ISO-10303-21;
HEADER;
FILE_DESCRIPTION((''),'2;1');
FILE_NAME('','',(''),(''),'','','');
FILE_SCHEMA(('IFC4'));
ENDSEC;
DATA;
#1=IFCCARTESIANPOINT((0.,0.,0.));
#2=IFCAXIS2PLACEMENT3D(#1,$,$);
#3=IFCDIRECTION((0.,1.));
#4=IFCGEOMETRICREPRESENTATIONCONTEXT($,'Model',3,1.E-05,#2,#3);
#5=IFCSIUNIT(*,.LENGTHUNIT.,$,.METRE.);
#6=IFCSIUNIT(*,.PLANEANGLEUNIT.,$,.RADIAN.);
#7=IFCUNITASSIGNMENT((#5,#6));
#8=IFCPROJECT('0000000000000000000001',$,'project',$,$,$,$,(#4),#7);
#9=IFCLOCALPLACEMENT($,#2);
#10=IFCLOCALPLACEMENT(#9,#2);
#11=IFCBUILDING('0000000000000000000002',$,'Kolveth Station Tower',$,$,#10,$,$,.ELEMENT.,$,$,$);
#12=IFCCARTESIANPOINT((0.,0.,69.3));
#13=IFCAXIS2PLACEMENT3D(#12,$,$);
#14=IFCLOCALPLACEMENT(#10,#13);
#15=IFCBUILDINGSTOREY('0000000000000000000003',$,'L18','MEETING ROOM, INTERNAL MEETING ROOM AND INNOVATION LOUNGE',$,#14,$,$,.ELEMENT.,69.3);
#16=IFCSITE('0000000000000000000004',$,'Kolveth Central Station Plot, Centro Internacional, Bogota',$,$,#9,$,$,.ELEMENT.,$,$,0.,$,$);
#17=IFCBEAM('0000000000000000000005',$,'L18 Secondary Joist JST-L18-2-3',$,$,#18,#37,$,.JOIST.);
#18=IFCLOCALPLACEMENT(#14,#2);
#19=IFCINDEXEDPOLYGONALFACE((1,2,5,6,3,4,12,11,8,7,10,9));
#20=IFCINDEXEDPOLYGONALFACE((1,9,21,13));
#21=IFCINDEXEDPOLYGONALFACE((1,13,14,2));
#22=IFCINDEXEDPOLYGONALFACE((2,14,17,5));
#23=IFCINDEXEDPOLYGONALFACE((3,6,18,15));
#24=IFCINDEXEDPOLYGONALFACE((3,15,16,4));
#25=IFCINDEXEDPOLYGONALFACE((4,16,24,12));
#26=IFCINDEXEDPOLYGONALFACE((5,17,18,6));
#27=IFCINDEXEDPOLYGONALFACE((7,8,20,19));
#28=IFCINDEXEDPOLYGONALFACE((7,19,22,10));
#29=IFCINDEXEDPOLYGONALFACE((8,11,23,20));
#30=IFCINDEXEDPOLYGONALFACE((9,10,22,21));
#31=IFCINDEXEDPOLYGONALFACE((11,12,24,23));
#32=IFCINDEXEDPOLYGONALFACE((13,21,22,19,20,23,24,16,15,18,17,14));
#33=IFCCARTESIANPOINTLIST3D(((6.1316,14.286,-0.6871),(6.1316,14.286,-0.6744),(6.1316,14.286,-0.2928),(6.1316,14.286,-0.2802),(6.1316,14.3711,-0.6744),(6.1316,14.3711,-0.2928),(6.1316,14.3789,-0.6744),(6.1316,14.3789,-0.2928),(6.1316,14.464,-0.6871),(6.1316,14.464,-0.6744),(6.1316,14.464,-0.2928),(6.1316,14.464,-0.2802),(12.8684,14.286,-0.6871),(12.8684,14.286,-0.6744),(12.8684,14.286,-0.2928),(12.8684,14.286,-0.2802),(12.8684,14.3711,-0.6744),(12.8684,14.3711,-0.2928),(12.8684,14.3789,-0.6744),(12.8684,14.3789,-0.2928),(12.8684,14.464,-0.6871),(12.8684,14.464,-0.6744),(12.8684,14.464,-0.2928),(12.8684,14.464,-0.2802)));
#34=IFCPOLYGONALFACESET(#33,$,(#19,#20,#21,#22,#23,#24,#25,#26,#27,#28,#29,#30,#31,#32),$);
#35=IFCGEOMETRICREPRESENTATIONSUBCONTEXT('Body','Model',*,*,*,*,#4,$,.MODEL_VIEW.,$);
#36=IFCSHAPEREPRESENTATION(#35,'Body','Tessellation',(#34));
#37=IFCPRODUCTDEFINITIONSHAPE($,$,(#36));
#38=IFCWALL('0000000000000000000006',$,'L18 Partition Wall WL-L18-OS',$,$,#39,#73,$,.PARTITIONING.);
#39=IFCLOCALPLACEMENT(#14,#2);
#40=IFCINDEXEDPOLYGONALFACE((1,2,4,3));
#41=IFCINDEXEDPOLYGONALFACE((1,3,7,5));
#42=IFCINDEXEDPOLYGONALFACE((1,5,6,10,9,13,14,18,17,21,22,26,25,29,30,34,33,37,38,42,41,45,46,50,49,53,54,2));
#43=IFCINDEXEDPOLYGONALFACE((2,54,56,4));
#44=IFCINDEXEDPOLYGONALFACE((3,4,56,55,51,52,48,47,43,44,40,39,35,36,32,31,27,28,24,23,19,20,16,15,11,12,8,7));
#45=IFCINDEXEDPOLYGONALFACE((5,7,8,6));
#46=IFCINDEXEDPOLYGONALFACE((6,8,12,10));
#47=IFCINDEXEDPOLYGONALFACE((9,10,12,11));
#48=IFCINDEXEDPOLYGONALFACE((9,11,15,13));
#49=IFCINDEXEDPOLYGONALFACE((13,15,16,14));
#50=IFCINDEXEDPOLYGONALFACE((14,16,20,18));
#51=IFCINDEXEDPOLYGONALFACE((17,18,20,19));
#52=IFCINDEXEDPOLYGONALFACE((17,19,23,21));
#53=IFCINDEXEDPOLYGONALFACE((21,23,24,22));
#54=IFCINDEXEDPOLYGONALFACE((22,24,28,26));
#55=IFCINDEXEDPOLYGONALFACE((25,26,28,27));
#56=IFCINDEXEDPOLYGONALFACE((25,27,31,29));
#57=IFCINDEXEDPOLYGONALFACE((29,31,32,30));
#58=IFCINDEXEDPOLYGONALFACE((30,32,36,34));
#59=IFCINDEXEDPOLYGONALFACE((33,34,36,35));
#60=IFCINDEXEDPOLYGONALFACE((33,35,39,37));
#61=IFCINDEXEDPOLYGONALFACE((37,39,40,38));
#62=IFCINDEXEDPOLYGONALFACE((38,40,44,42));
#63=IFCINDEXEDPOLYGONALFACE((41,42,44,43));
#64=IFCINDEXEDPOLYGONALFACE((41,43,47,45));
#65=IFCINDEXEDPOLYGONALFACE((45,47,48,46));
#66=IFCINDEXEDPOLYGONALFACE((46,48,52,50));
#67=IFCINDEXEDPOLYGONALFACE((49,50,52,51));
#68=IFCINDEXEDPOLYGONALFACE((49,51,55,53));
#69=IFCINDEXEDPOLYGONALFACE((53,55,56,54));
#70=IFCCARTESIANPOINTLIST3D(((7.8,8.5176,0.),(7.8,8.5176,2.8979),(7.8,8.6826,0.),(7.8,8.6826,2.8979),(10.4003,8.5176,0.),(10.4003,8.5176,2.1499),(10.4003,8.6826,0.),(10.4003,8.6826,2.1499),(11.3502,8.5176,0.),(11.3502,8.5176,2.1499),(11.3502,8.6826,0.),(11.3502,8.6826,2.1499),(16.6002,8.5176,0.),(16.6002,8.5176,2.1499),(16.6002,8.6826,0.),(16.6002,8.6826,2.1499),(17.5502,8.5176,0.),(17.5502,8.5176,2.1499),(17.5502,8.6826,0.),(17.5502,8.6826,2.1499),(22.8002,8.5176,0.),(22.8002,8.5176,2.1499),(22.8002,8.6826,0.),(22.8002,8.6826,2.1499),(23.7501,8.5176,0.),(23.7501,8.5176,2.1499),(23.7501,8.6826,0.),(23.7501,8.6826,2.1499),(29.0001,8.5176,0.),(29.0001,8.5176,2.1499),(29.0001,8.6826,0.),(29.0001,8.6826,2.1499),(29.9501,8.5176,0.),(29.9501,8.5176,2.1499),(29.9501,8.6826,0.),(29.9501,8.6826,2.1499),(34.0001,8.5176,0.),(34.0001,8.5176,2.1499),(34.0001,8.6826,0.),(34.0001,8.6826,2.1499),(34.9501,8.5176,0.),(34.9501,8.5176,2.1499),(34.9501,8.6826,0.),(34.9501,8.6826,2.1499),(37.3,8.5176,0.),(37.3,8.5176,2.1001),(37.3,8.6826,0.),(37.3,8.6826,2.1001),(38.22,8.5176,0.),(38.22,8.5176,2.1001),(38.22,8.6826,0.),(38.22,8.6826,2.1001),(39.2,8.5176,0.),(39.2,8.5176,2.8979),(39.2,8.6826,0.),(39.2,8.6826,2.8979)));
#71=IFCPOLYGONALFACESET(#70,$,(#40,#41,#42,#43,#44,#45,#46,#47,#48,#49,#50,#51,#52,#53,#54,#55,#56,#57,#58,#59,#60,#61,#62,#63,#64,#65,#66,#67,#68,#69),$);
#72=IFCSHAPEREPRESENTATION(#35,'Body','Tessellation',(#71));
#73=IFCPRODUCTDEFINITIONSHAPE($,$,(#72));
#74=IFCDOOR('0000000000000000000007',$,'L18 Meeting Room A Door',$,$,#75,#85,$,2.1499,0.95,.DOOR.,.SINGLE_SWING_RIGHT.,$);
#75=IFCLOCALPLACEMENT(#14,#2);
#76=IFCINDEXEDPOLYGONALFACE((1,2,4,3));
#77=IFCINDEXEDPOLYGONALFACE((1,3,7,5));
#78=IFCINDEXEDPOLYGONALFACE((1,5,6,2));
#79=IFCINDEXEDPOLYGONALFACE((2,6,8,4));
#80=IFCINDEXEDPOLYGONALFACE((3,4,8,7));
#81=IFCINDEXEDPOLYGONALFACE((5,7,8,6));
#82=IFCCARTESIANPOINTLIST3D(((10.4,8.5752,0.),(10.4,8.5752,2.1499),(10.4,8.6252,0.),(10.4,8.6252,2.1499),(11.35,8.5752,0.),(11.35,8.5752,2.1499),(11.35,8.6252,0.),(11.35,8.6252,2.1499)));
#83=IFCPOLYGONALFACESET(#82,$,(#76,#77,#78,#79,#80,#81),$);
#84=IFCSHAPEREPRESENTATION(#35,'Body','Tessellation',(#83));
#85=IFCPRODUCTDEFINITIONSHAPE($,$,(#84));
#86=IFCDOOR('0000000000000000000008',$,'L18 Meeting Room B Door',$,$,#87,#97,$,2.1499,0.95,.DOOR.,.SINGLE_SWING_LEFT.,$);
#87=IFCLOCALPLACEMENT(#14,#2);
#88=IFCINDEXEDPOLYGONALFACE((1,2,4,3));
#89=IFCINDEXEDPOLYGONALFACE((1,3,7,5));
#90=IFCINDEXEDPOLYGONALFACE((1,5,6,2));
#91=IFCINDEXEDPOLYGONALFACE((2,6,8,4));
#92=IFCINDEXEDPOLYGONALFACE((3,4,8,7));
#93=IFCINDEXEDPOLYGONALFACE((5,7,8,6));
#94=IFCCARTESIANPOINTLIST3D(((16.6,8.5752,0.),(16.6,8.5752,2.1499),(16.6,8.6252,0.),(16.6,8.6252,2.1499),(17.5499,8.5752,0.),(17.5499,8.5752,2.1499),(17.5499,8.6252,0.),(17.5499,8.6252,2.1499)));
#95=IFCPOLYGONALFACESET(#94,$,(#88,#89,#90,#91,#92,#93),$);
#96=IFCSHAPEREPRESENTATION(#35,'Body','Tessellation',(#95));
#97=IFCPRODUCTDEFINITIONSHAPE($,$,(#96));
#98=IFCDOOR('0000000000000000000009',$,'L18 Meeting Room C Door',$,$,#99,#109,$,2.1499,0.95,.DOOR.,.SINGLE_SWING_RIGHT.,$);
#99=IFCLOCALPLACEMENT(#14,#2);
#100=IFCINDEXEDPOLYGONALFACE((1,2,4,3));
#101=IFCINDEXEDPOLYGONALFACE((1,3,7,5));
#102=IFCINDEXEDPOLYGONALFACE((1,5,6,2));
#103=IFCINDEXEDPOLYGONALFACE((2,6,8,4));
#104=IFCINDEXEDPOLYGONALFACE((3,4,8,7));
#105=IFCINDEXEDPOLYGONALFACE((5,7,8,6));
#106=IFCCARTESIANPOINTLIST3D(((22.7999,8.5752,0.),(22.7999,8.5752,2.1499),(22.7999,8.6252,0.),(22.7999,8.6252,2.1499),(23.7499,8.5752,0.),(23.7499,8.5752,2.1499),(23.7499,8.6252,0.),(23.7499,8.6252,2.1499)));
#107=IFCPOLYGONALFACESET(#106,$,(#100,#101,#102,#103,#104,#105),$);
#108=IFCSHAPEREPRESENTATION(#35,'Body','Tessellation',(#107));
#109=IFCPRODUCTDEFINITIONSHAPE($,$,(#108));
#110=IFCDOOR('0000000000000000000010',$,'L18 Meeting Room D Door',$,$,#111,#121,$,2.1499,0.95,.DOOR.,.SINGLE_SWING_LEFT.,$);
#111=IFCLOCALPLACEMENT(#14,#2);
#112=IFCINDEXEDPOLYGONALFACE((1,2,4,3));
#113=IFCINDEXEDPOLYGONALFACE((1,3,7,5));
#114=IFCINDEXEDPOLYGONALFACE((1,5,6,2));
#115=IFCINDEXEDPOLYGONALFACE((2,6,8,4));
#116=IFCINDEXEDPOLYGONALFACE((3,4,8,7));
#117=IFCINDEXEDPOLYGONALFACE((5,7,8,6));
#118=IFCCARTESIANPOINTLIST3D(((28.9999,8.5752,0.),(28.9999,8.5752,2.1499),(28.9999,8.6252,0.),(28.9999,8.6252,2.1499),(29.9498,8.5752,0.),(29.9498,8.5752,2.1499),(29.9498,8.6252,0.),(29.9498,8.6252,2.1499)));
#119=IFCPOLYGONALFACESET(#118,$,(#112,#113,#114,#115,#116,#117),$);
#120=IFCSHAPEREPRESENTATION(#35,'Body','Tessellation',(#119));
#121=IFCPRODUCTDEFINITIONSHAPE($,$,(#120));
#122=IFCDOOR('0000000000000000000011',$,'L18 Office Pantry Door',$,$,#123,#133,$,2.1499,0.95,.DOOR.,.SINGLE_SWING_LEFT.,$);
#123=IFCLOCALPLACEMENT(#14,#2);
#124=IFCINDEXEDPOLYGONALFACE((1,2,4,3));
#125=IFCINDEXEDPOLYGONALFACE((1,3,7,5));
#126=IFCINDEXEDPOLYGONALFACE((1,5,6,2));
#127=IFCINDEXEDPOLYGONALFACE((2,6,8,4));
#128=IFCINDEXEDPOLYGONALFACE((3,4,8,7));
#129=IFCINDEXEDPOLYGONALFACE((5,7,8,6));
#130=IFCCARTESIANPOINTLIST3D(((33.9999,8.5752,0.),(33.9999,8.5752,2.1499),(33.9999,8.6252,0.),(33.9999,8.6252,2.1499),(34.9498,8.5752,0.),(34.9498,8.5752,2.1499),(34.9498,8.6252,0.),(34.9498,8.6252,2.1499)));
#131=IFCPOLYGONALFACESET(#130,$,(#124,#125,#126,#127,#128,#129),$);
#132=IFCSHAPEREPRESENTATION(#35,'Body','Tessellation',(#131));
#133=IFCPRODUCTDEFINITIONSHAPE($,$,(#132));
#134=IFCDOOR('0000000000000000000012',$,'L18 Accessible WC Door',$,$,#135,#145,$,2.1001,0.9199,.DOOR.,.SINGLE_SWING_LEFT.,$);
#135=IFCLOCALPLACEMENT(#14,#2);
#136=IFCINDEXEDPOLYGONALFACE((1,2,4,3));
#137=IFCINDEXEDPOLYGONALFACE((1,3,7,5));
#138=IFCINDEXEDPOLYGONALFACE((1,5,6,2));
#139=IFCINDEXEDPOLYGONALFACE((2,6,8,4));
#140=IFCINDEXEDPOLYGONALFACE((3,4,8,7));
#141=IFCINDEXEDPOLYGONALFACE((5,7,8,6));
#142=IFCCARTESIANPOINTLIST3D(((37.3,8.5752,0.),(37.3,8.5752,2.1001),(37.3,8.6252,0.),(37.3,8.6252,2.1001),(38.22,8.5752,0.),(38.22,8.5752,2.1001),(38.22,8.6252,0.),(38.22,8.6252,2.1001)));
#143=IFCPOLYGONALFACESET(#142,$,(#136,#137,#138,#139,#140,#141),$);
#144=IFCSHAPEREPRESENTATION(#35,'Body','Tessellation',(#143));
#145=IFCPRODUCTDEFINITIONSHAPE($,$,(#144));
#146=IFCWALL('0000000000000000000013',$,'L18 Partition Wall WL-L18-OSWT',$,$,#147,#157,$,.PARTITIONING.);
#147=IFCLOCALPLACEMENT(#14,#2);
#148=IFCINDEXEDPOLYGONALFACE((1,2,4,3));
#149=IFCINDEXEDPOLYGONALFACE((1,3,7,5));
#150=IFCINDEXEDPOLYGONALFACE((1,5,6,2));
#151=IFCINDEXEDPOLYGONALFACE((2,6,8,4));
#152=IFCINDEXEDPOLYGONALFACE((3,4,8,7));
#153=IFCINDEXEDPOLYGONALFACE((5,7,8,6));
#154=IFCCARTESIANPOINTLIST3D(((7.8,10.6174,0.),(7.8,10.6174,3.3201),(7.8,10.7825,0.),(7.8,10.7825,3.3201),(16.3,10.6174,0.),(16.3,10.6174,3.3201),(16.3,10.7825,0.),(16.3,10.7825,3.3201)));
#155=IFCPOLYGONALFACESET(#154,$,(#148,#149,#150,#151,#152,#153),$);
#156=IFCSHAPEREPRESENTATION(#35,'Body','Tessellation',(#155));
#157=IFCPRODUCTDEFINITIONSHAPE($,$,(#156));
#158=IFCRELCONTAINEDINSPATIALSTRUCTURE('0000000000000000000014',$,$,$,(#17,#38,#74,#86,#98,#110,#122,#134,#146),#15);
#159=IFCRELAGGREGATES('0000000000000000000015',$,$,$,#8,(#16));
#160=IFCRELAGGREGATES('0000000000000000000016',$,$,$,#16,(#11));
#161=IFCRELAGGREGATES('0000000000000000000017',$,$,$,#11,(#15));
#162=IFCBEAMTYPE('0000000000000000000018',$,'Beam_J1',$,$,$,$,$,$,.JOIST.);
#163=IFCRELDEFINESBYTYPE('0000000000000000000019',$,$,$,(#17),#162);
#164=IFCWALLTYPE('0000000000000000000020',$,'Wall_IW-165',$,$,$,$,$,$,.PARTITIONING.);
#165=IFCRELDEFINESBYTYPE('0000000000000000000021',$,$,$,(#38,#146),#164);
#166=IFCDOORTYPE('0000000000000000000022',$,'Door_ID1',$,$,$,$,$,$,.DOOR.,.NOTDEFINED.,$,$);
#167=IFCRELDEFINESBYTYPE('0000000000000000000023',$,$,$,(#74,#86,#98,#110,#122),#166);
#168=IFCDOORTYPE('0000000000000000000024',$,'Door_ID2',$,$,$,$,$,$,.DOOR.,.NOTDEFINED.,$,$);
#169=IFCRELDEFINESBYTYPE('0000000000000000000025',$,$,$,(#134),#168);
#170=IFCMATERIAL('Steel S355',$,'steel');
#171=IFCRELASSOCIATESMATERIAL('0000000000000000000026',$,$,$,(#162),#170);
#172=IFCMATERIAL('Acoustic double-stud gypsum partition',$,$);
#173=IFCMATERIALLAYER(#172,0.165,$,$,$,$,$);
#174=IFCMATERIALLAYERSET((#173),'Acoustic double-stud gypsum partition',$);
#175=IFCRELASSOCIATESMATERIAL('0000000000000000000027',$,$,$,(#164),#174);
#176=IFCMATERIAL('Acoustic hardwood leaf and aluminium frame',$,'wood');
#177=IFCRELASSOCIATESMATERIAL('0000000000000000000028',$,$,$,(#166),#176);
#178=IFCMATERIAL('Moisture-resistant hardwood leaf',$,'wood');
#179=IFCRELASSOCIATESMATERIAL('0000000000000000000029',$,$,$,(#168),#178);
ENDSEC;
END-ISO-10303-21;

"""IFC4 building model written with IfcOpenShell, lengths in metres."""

from ifc_helpers import new_model, si_unit, direction, frame, frame_2d, origin, origin_2d, place, context, subcontext, project, spatial, rectangle, i_section, extrude, source, transform, mapped, material, layer, layer_set, material_profile, profile_set, type_object, element, fill, save


model = new_model("IFC4")

# Units and contexts
model_context = context("Model", 3, precision=1e-05, world=origin(), true_north=direction((0.0, 1.0)))
body_context = subcontext(model_context, "Body", "Model", "MODEL_VIEW")
ifc_project = project(units=[si_unit("LENGTHUNIT", "METRE"), si_unit("PLANEANGLEUNIT", "RADIAN")], contexts=[model_context])

# Site, building, storey
site_placement = place(None, origin())
site = spatial("IfcSite", under=ifc_project, at=site_placement, Name="Kolveth Central Station Plot, Centro Internacional, Bogota", CompositionType="ELEMENT", RefElevation=0.0)
building_placement = place(site_placement, origin())
building = spatial("IfcBuilding", under=site, at=building_placement, Name="Kolveth Station Tower", CompositionType="ELEMENT")
storey_placement = place(building_placement, frame((0.0, 0.0, 69.3)))
storey = spatial("IfcBuildingStorey", under=building, at=storey_placement, Name="L18", Description="MEETING ROOM, INTERNAL MEETING ROOM AND INNOVATION LOUNGE", CompositionType="ELEMENT", Elevation=69.3)

# Beam
ifc_material_1 = material(Name="Steel S355", Category="steel")
ifc_material_profile_1 = material_profile(ifc_material_1, i_section(OverallWidth=0.178, OverallDepth=0.407, WebThickness=0.0078, FlangeThickness=0.0127, at=origin_2d()), Name="W410x60")
ifc_profile_set_1 = profile_set([ifc_material_profile_1], Name="Steel S355")
beam_type_1 = type_object("IfcBeamType", Name="Beam_J1", PredefinedType="JOIST", material=ifc_profile_set_1)
shared_shape_1 = source(origin(), body_context, "Body", "SweptSolid", [
    extrude(i_section(OverallWidth=0.178, OverallDepth=0.407, WebThickness=0.0078, FlangeThickness=0.0127, at=origin_2d()), origin(), (0.0, 0.0, 1.0), 6.7368),
])
beam_placement = place(storey_placement, frame((6.1316, 14.375, -0.4836), z_axis=(1.0, 0.0, 0.0), x_axis=(0.0, 1.0, 0.0)))
element("IfcBeam", 1, at=beam_placement, inside=storey, type_object=beam_type_1, Name="L18 Secondary Joist JST-L18-2-3", PredefinedType="JOIST", context=body_context, shape_type="MappedRepresentation", body=[
    mapped(shared_shape_1, transform((0.0, 0.0, 0.0), x_axis=(1.0, 0.0, 0.0), y_axis=(0.0, 1.0, 0.0), z_axis=(0.0, 0.0, 1.0), scale=1.0)),
])

# Wall, openings, doors
ifc_material_2 = material(Name="Acoustic double-stud gypsum partition")
ifc_layer = layer(ifc_material_2, 0.165)
ifc_layer_set = layer_set([ifc_layer], Name="Acoustic double-stud gypsum partition")
wall_type = type_object("IfcWallType", Name="Wall_IW-165", PredefinedType="PARTITIONING", material=ifc_layer_set)
wall_1_placement = place(storey_placement, frame((7.8, 8.6001, 0.0), z_axis=(0.0, 0.0, 1.0), x_axis=(1.0, 0.0, 0.0)))
wall_1 = element("IfcWall", 2, at=wall_1_placement, inside=storey, type_object=wall_type, Name="L18 Partition Wall WL-L18-OS", PredefinedType="PARTITIONING", context=body_context, shape_type="SweptSolid", body=[
    extrude(rectangle(XDim=31.3999, YDim=0.165, at=frame_2d((15.7, 0.0))), origin(), (0.0, 0.0, 1.0), 2.8979),
])
opening_1_placement = place(wall_1_placement, frame((2.6001, 0.0, 0.0)))
opening_1 = element("IfcOpeningElement", 3, at=opening_1_placement, cuts=wall_1, PredefinedType="OPENING", context=body_context, shape_type="SweptSolid", body=[
    extrude(rectangle(XDim=0.95, YDim=2.1499, at=frame_2d((0.4751, 1.075))), frame((0.0, 0.0925, 0.0), z_axis=(0.0, -1.0, 0.0), x_axis=(1.0, 0.0, 0.0)), (0.0, 0.0, 1.0), 0.1851),
])
opening_2_placement = place(wall_1_placement, frame((8.8, 0.0, 0.0)))
opening_2 = element("IfcOpeningElement", 4, at=opening_2_placement, cuts=wall_1, PredefinedType="OPENING", context=body_context, shape_type="SweptSolid", body=[
    extrude(rectangle(XDim=0.95, YDim=2.1499, at=frame_2d((0.4751, 1.075))), frame((0.0, 0.0925, 0.0), z_axis=(0.0, -1.0, 0.0), x_axis=(1.0, 0.0, 0.0)), (0.0, 0.0, 1.0), 0.1851),
])
opening_3_placement = place(wall_1_placement, frame((15.0, 0.0, 0.0)))
opening_3 = element("IfcOpeningElement", 5, at=opening_3_placement, cuts=wall_1, PredefinedType="OPENING", context=body_context, shape_type="SweptSolid", body=[
    extrude(rectangle(XDim=0.95, YDim=2.1499, at=frame_2d((0.4751, 1.075))), frame((0.0, 0.0925, 0.0), z_axis=(0.0, -1.0, 0.0), x_axis=(1.0, 0.0, 0.0)), (0.0, 0.0, 1.0), 0.1851),
])
opening_4_placement = place(wall_1_placement, frame((21.2, 0.0, 0.0)))
opening_4 = element("IfcOpeningElement", 6, at=opening_4_placement, cuts=wall_1, PredefinedType="OPENING", context=body_context, shape_type="SweptSolid", body=[
    extrude(rectangle(XDim=0.95, YDim=2.1499, at=frame_2d((0.4751, 1.075))), frame((0.0, 0.0925, 0.0), z_axis=(0.0, -1.0, 0.0), x_axis=(1.0, 0.0, 0.0)), (0.0, 0.0, 1.0), 0.1851),
])
opening_5_placement = place(wall_1_placement, frame((26.2, 0.0, 0.0)))
opening_5 = element("IfcOpeningElement", 7, at=opening_5_placement, cuts=wall_1, PredefinedType="OPENING", context=body_context, shape_type="SweptSolid", body=[
    extrude(rectangle(XDim=0.95, YDim=2.1499, at=frame_2d((0.4751, 1.075))), frame((0.0, 0.0925, 0.0), z_axis=(0.0, -1.0, 0.0), x_axis=(1.0, 0.0, 0.0)), (0.0, 0.0, 1.0), 0.1851),
])
opening_6_placement = place(wall_1_placement, frame((29.5, 0.0, 0.0)))
opening_6 = element("IfcOpeningElement", 8, at=opening_6_placement, cuts=wall_1, PredefinedType="OPENING", context=body_context, shape_type="SweptSolid", body=[
    extrude(rectangle(XDim=0.9199, YDim=2.1001, at=frame_2d((0.46, 1.05))), frame((0.0, 0.0925, 0.0), z_axis=(0.0, -1.0, 0.0), x_axis=(1.0, 0.0, 0.0)), (0.0, 0.0, 1.0), 0.1851),
])
ifc_material_3 = material(Name="Acoustic hardwood leaf and aluminium frame", Category="wood")
door_type_1 = type_object("IfcDoorType", Name="Door_ID1", OperationType="NOTDEFINED", PredefinedType="DOOR", material=ifc_material_3)
door_1_placement = place(opening_1_placement, frame((0.95, 0.0, 0.0), z_axis=(0.0, 0.0, 1.0), x_axis=(-1.0, 0.0, 0.0)))
door_1 = element("IfcDoor", 9, at=door_1_placement, inside=storey, type_object=door_type_1, Name="L18 Meeting Room A Door", OperationType="SINGLE_SWING_RIGHT", OverallHeight=2.1499, OverallWidth=0.95, PredefinedType="DOOR", context=body_context, shape_type="SweptSolid", body=[
    extrude(rectangle(XDim=0.95, YDim=2.1499, at=frame_2d((0.4751, 1.075))), frame((0.0, 0.0249, 0.0), z_axis=(0.0, -1.0, 0.0), x_axis=(1.0, 0.0, 0.0)), (0.0, 0.0, 1.0), 0.05),
])
fill(opening_1, door_1)
door_2_placement = place(opening_2_placement, frame((0.95, 0.0, 0.0), z_axis=(0.0, 0.0, 1.0), x_axis=(-1.0, 0.0, 0.0)))
door_2 = element("IfcDoor", 10, at=door_2_placement, inside=storey, type_object=door_type_1, Name="L18 Meeting Room B Door", OperationType="SINGLE_SWING_LEFT", OverallHeight=2.1499, OverallWidth=0.95, PredefinedType="DOOR", context=body_context, shape_type="SweptSolid", body=[
    extrude(rectangle(XDim=0.95, YDim=2.1499, at=frame_2d((0.4751, 1.075))), frame((0.0, 0.0249, 0.0), z_axis=(0.0, -1.0, 0.0), x_axis=(1.0, 0.0, 0.0)), (0.0, 0.0, 1.0), 0.05),
])
fill(opening_2, door_2)
door_3_placement = place(opening_3_placement, frame((0.95, 0.0, 0.0), z_axis=(0.0, 0.0, 1.0), x_axis=(-1.0, 0.0, 0.0)))
door_3 = element("IfcDoor", 11, at=door_3_placement, inside=storey, type_object=door_type_1, Name="L18 Meeting Room C Door", OperationType="SINGLE_SWING_RIGHT", OverallHeight=2.1499, OverallWidth=0.95, PredefinedType="DOOR", context=body_context, shape_type="SweptSolid", body=[
    extrude(rectangle(XDim=0.95, YDim=2.1499, at=frame_2d((0.4751, 1.075))), frame((0.0, 0.0249, 0.0), z_axis=(0.0, -1.0, 0.0), x_axis=(1.0, 0.0, 0.0)), (0.0, 0.0, 1.0), 0.05),
])
fill(opening_3, door_3)
door_4_placement = place(opening_4_placement, frame((0.95, 0.0, 0.0), z_axis=(0.0, 0.0, 1.0), x_axis=(-1.0, 0.0, 0.0)))
door_4 = element("IfcDoor", 12, at=door_4_placement, inside=storey, type_object=door_type_1, Name="L18 Meeting Room D Door", OperationType="SINGLE_SWING_LEFT", OverallHeight=2.1499, OverallWidth=0.95, PredefinedType="DOOR", context=body_context, shape_type="SweptSolid", body=[
    extrude(rectangle(XDim=0.95, YDim=2.1499, at=frame_2d((0.4751, 1.075))), frame((0.0, 0.0249, 0.0), z_axis=(0.0, -1.0, 0.0), x_axis=(1.0, 0.0, 0.0)), (0.0, 0.0, 1.0), 0.05),
])
fill(opening_4, door_4)
door_5_placement = place(opening_5_placement, frame((0.95, 0.0, 0.0), z_axis=(0.0, 0.0, 1.0), x_axis=(-1.0, 0.0, 0.0)))
door_5 = element("IfcDoor", 13, at=door_5_placement, inside=storey, type_object=door_type_1, Name="L18 Office Pantry Door", OperationType="SINGLE_SWING_LEFT", OverallHeight=2.1499, OverallWidth=0.95, PredefinedType="DOOR", context=body_context, shape_type="SweptSolid", body=[
    extrude(rectangle(XDim=0.95, YDim=2.1499, at=frame_2d((0.4751, 1.075))), frame((0.0, 0.0249, 0.0), z_axis=(0.0, -1.0, 0.0), x_axis=(1.0, 0.0, 0.0)), (0.0, 0.0, 1.0), 0.05),
])
fill(opening_5, door_5)
ifc_material_4 = material(Name="Moisture-resistant hardwood leaf", Category="wood")
door_type_2 = type_object("IfcDoorType", Name="Door_ID2", OperationType="NOTDEFINED", PredefinedType="DOOR", material=ifc_material_4)
door_6_placement = place(opening_6_placement, frame((0.9199, 0.0, 0.0), z_axis=(0.0, 0.0, 1.0), x_axis=(-1.0, 0.0, 0.0)))
door_6 = element("IfcDoor", 14, at=door_6_placement, inside=storey, type_object=door_type_2, Name="L18 Accessible WC Door", OperationType="SINGLE_SWING_LEFT", OverallHeight=2.1001, OverallWidth=0.9199, PredefinedType="DOOR", context=body_context, shape_type="SweptSolid", body=[
    extrude(rectangle(XDim=0.9199, YDim=2.1001, at=frame_2d((0.46, 1.05))), frame((0.0, 0.0249, 0.0), z_axis=(0.0, -1.0, 0.0), x_axis=(1.0, 0.0, 0.0)), (0.0, 0.0, 1.0), 0.05),
])
fill(opening_6, door_6)

# Wall
wall_2_placement = place(storey_placement, frame((7.8, 10.7, 0.0), z_axis=(0.0, 0.0, 1.0), x_axis=(1.0, 0.0, 0.0)))
element("IfcWall", 15, at=wall_2_placement, inside=storey, type_object=wall_type, Name="L18 Partition Wall WL-L18-OSWT", PredefinedType="PARTITIONING", context=body_context, shape_type="SweptSolid", body=[
    extrude(rectangle(XDim=8.5, YDim=0.165, at=frame_2d((4.25, 0.0))), origin(), (0.0, 0.0, 1.0), 3.3201),
])

save(model, "model.ifc")
